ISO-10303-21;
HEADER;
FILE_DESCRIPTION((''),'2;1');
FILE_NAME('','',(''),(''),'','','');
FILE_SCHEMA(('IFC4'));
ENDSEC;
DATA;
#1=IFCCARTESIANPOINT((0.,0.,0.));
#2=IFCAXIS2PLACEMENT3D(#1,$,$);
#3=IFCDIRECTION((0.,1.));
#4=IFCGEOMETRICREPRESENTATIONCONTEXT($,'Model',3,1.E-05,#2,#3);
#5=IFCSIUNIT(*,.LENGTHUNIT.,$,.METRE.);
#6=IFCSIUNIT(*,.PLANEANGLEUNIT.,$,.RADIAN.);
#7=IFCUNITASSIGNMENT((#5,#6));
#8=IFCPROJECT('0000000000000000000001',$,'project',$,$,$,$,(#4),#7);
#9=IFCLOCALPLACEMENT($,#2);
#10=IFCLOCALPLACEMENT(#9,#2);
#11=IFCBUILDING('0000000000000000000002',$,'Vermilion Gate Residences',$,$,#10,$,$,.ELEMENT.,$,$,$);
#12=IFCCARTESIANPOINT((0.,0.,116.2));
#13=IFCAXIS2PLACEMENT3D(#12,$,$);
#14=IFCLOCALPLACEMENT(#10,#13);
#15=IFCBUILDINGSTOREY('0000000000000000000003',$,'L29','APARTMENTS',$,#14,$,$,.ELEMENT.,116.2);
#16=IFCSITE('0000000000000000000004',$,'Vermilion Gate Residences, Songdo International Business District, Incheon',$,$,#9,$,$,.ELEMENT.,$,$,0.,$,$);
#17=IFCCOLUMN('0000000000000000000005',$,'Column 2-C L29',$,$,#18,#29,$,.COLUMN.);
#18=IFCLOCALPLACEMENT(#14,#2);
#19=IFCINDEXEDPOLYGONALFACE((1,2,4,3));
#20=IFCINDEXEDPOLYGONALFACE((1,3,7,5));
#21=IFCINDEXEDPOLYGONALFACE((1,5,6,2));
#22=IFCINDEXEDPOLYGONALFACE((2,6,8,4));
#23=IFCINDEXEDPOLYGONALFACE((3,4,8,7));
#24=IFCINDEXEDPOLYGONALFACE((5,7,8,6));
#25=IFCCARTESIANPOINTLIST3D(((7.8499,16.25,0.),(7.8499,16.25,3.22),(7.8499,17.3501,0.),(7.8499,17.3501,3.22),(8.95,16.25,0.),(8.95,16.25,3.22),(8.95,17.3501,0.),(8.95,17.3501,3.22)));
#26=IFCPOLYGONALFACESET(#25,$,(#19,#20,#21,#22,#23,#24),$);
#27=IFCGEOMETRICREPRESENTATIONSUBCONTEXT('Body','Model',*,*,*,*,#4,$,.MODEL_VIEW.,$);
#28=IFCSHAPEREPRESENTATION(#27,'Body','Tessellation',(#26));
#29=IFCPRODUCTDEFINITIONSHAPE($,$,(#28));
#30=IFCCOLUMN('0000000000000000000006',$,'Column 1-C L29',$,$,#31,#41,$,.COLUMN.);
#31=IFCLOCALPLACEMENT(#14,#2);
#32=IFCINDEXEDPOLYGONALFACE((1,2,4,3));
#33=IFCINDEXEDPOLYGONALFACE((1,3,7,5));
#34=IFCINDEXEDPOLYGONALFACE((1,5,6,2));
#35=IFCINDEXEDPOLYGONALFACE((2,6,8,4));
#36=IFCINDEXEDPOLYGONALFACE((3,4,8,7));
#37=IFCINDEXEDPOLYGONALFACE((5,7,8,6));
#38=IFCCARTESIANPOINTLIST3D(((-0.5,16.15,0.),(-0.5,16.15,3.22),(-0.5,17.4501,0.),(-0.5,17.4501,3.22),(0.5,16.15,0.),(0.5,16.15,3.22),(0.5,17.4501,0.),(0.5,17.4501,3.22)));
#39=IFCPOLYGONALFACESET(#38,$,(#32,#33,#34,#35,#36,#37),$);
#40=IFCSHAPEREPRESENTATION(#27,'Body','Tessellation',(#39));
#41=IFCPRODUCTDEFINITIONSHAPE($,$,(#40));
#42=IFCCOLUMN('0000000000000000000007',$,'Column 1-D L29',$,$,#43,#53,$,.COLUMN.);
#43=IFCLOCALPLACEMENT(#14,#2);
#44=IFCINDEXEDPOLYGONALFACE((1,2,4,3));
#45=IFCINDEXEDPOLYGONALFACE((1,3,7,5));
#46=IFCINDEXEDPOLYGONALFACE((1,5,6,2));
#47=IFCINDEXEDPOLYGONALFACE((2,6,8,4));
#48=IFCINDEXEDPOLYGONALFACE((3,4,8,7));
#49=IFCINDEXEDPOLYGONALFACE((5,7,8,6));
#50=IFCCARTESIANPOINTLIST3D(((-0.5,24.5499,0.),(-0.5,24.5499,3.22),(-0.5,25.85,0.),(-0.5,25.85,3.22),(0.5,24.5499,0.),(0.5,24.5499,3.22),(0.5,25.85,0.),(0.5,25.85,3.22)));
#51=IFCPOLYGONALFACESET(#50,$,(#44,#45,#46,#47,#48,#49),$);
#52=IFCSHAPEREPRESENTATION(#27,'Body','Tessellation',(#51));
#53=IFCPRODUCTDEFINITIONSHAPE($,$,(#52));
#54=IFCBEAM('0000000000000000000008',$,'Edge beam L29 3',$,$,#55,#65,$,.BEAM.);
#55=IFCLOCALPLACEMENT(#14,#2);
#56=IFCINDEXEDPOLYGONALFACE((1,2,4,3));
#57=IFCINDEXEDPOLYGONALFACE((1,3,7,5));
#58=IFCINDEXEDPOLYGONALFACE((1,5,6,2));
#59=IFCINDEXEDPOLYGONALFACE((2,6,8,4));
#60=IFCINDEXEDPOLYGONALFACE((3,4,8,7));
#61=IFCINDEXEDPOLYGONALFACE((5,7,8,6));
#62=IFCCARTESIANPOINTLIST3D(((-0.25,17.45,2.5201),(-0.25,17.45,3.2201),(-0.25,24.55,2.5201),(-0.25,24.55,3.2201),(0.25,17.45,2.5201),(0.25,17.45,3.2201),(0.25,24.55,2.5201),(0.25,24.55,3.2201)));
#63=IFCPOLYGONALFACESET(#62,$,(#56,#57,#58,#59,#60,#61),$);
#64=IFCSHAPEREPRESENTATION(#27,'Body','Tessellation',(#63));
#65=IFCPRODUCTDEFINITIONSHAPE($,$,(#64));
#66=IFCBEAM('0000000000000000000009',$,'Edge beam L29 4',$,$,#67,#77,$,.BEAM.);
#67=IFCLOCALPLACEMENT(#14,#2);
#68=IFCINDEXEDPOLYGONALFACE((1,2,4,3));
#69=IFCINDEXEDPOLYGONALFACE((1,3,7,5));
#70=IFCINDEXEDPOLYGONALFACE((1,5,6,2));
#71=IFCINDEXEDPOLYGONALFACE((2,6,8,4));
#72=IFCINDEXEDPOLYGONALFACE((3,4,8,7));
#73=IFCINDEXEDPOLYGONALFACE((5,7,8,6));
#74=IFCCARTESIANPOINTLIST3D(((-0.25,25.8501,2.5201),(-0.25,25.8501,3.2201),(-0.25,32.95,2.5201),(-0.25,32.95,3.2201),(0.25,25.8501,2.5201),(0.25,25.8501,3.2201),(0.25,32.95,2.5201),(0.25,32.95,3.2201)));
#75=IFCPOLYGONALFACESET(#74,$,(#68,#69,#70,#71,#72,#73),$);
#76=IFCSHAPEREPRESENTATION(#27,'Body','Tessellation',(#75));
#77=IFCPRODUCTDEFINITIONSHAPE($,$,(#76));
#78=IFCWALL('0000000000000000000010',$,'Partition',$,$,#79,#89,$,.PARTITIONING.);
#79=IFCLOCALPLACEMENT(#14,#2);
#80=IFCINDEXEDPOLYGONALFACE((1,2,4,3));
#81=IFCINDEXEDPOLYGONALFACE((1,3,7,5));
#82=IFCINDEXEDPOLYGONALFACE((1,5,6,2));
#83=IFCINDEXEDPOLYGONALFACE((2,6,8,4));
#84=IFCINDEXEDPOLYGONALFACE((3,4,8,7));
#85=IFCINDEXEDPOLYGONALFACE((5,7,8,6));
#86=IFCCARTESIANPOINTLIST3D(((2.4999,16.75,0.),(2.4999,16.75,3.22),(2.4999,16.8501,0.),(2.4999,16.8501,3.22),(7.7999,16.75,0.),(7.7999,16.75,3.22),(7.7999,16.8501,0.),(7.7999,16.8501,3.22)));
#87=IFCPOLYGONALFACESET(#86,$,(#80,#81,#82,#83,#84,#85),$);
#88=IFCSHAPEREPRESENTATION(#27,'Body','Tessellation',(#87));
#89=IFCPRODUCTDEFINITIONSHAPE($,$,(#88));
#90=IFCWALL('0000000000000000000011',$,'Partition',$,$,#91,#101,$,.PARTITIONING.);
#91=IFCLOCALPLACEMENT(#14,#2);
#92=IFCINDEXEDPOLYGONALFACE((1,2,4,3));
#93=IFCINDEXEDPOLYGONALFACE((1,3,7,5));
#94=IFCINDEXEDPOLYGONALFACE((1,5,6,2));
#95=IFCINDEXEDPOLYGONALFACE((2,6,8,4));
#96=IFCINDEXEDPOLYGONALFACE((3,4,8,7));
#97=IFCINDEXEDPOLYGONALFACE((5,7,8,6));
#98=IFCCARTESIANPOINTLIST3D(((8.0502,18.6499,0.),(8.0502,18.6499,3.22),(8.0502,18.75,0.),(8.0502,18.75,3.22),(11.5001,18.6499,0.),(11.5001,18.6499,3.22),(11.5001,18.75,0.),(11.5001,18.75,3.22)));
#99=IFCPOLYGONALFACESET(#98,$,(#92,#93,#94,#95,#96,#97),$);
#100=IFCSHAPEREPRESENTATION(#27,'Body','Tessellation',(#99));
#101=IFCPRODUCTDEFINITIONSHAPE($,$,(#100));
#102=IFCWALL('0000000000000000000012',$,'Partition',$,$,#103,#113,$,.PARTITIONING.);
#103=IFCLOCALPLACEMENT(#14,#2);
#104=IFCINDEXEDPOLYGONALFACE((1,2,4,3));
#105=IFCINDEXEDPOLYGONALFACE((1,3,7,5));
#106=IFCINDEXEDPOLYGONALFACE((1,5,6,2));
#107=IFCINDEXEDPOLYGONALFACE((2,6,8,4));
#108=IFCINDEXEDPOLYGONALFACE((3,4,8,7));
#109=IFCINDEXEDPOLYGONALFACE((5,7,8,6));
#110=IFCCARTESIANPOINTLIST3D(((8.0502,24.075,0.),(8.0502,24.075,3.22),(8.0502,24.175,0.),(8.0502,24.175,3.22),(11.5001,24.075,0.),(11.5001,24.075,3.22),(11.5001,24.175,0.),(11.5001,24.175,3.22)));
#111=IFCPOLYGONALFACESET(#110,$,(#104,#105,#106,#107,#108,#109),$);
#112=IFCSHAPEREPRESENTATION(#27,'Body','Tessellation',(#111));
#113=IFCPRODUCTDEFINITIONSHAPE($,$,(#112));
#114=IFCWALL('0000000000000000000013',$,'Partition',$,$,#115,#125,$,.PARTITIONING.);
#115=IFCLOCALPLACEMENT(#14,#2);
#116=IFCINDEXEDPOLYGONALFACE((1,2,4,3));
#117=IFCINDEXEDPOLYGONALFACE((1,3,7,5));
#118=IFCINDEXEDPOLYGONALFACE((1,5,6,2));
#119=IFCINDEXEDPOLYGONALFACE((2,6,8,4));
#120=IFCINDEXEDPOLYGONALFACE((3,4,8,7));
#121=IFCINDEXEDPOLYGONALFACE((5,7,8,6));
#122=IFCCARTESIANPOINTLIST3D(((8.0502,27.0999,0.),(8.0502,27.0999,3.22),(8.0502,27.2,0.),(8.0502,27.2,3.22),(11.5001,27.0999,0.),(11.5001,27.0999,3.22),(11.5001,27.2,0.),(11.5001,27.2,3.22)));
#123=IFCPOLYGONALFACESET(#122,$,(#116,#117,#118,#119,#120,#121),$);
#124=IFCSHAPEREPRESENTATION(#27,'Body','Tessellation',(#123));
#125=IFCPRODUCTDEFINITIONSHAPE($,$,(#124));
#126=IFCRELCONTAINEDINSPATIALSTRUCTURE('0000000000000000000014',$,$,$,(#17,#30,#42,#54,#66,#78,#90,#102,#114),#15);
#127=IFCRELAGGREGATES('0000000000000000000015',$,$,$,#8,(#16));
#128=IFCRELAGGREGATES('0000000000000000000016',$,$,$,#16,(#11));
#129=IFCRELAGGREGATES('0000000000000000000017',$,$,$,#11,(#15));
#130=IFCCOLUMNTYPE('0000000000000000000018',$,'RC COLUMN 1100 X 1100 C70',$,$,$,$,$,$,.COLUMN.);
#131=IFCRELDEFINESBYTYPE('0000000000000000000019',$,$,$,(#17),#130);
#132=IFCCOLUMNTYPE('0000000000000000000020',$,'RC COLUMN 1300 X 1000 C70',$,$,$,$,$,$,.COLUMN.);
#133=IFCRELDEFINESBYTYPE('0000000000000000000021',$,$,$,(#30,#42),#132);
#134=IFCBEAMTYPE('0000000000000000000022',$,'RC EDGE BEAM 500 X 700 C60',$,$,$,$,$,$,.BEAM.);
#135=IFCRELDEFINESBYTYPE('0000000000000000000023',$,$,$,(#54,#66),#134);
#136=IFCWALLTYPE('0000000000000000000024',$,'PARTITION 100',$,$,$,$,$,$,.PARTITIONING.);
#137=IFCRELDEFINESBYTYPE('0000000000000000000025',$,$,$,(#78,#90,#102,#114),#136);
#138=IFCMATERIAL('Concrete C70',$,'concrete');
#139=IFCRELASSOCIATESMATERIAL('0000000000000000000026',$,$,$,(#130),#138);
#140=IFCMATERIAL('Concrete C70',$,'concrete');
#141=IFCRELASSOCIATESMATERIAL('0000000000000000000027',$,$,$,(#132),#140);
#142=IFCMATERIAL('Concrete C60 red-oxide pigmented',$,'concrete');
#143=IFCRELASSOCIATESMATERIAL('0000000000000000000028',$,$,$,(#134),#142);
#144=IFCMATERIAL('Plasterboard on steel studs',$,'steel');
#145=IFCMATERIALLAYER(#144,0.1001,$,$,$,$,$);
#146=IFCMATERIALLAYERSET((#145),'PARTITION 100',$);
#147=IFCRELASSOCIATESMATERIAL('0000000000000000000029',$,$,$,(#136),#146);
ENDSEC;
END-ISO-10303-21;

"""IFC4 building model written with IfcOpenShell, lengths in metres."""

from ifc_helpers import new_model, si_unit, direction, frame, frame_2d, origin, origin_2d, place, context, subcontext, project, spatial, rectangle, extrude, material, layer, layer_set, material_profile, profile_set, type_object, element, save


model = new_model("IFC4")

# Units and contexts
model_context = context("Model", 3, precision=1e-05, world=origin(), true_north=direction((0.0, 1.0)))
body_context = subcontext(model_context, "Body", "Model", "MODEL_VIEW")
ifc_project = project(units=[si_unit("LENGTHUNIT", "METRE"), si_unit("PLANEANGLEUNIT", "RADIAN")], contexts=[model_context])

# Site, building, storey
site_placement = place(None, origin())
site = spatial("IfcSite", under=ifc_project, at=site_placement, Name="Vermilion Gate Residences, Songdo International Business District, Incheon", CompositionType="ELEMENT", RefElevation=0.0)
building_placement = place(site_placement, origin())
building = spatial("IfcBuilding", under=site, at=building_placement, Name="Vermilion Gate Residences", CompositionType="ELEMENT")
storey_placement = place(building_placement, frame((0.0, 0.0, 116.2)))
storey = spatial("IfcBuildingStorey", under=building, at=storey_placement, Name="L29", Description="APARTMENTS", CompositionType="ELEMENT", Elevation=116.2)

# Columns
ifc_material_1 = material(Name="Concrete C70", Category="concrete")
ifc_material_profile_1 = material_profile(ifc_material_1, rectangle(XDim=1.1001, YDim=1.1001, at=origin_2d()), Name="RC-1100x1100")
ifc_profile_set_1 = profile_set([ifc_material_profile_1], Name="Concrete C70")
column_type_1 = type_object("IfcColumnType", Name="RC COLUMN 1100 X 1100 C70", PredefinedType="COLUMN", material=ifc_profile_set_1)
column_placement = place(storey_placement, frame((8.3999, 16.8, 0.0), z_axis=(0.0, 0.0, 1.0), x_axis=(1.0, 0.0, 0.0)))
element("IfcColumn", 1, at=column_placement, inside=storey, type_object=column_type_1, Name="Column 2-C L29", PredefinedType="COLUMN", context=body_context, shape_type="SweptSolid", body=[
    extrude(rectangle(XDim=1.1001, YDim=1.1001, at=origin_2d()), origin(), (0.0, 0.0, 1.0), 3.22),
])
ifc_material_2 = material(Name="Concrete C70", Category="concrete")
ifc_material_profile_2 = material_profile(ifc_material_2, rectangle(XDim=1.3, YDim=1.0, at=origin_2d()), Name="RC-1300x1000")
ifc_profile_set_2 = profile_set([ifc_material_profile_2], Name="Concrete C70")
column_type_2 = type_object("IfcColumnType", Name="RC COLUMN 1300 X 1000 C70", PredefinedType="COLUMN", material=ifc_profile_set_2)
for number, where, z_axis, x_axis, name in (
    (2, (0.0, 16.8, 0.0), (0.0, 0.0, 1.0), (0.0, 1.0, 0.0), "Column 1-C L29"),
    (3, (0.0, 25.2, 0.0), (0.0, 0.0, 1.0), (0.0, 1.0, 0.0), "Column 1-D L29"),
):
    element("IfcColumn", number, at=place(storey_placement, frame(where, z_axis=z_axis, x_axis=x_axis)), inside=storey, type_object=column_type_2, Name=name, PredefinedType="COLUMN", context=body_context, shape_type="SweptSolid", body=[
        extrude(rectangle(XDim=1.3, YDim=1.0, at=origin_2d()), origin(), (0.0, 0.0, 1.0), 3.22),
    ])

# Beams
ifc_material_3 = material(Name="Concrete C60 red-oxide pigmented", Category="concrete")
ifc_material_profile_3 = material_profile(ifc_material_3, rectangle(XDim=0.5, YDim=0.7, at=origin_2d()), Name="RC-500x700")
ifc_profile_set_3 = profile_set([ifc_material_profile_3], Name="Concrete C60 red-oxide pigmented")
beam_type = type_object("IfcBeamType", Name="RC EDGE BEAM 500 X 700 C60", PredefinedType="BEAM", material=ifc_profile_set_3)
beam_1_placement = place(storey_placement, frame((0.0, 17.45, 2.8701), z_axis=(0.0, 1.0, 0.0), x_axis=(-1.0, 0.0, 0.0)))
element("IfcBeam", 4, at=beam_1_placement, inside=storey, type_object=beam_type, Name="Edge beam L29 3", PredefinedType="BEAM", context=body_context, shape_type="SweptSolid", body=[
    extrude(rectangle(XDim=0.5, YDim=0.7, at=origin_2d()), origin(), (0.0, 0.0, 1.0), 7.1001),
])
beam_2_placement = place(storey_placement, frame((0.0, 25.8501, 2.8701), z_axis=(0.0, 1.0, 0.0), x_axis=(-1.0, 0.0, 0.0)))
element("IfcBeam", 5, at=beam_2_placement, inside=storey, type_object=beam_type, Name="Edge beam L29 4", PredefinedType="BEAM", context=body_context, shape_type="SweptSolid", body=[
    extrude(rectangle(XDim=0.5, YDim=0.7, at=origin_2d()), origin(), (0.0, 0.0, 1.0), 7.0999),
])

# Walls
ifc_material_4 = material(Name="Plasterboard on steel studs", Category="steel")
ifc_layer_1 = layer(ifc_material_4, 0.1001)
ifc_layer_set_1 = layer_set([ifc_layer_1], Name="PARTITION 100")
wall_type_1 = type_object("IfcWallType", Name="PARTITION 100", PredefinedType="PARTITIONING", material=ifc_layer_set_1)
wall_1_placement = place(storey_placement, frame((2.5, 16.8, 0.0), z_axis=(0.0, 0.0, 1.0), x_axis=(1.0, 0.0, 0.0)))
element("IfcWall", 6, at=wall_1_placement, inside=storey, type_object=wall_type_1, Name="Partition", PredefinedType="PARTITIONING", context=body_context, shape_type="SweptSolid", body=[
    extrude(rectangle(XDim=5.3, YDim=0.1001, at=frame_2d((2.6499, 0.0))), origin(), (0.0, 0.0, 1.0), 3.22),
])
for number, where, z_axis, x_axis, name in (
    (7, (8.05, 18.7, 0.0), (0.0, 0.0, 1.0), (1.0, 0.0, 0.0), "Partition"),
    (8, (8.05, 24.125, 0.0), (0.0, 0.0, 1.0), (1.0, 0.0, 0.0), "Partition"),
    (9, (8.05, 27.1499, 0.0), (0.0, 0.0, 1.0), (1.0, 0.0, 0.0), "Partition"),
):
    element("IfcWall", number, at=place(storey_placement, frame(where, z_axis=z_axis, x_axis=x_axis)), inside=storey, type_object=wall_type_1, Name=name, PredefinedType="PARTITIONING", context=body_context, shape_type="SweptSolid", body=[
        extrude(rectangle(XDim=3.45, YDim=0.1001, at=frame_2d((1.7251, 0.0))), origin(), (0.0, 0.0, 1.0), 3.22),
    ])

save(model, "model.ifc")
